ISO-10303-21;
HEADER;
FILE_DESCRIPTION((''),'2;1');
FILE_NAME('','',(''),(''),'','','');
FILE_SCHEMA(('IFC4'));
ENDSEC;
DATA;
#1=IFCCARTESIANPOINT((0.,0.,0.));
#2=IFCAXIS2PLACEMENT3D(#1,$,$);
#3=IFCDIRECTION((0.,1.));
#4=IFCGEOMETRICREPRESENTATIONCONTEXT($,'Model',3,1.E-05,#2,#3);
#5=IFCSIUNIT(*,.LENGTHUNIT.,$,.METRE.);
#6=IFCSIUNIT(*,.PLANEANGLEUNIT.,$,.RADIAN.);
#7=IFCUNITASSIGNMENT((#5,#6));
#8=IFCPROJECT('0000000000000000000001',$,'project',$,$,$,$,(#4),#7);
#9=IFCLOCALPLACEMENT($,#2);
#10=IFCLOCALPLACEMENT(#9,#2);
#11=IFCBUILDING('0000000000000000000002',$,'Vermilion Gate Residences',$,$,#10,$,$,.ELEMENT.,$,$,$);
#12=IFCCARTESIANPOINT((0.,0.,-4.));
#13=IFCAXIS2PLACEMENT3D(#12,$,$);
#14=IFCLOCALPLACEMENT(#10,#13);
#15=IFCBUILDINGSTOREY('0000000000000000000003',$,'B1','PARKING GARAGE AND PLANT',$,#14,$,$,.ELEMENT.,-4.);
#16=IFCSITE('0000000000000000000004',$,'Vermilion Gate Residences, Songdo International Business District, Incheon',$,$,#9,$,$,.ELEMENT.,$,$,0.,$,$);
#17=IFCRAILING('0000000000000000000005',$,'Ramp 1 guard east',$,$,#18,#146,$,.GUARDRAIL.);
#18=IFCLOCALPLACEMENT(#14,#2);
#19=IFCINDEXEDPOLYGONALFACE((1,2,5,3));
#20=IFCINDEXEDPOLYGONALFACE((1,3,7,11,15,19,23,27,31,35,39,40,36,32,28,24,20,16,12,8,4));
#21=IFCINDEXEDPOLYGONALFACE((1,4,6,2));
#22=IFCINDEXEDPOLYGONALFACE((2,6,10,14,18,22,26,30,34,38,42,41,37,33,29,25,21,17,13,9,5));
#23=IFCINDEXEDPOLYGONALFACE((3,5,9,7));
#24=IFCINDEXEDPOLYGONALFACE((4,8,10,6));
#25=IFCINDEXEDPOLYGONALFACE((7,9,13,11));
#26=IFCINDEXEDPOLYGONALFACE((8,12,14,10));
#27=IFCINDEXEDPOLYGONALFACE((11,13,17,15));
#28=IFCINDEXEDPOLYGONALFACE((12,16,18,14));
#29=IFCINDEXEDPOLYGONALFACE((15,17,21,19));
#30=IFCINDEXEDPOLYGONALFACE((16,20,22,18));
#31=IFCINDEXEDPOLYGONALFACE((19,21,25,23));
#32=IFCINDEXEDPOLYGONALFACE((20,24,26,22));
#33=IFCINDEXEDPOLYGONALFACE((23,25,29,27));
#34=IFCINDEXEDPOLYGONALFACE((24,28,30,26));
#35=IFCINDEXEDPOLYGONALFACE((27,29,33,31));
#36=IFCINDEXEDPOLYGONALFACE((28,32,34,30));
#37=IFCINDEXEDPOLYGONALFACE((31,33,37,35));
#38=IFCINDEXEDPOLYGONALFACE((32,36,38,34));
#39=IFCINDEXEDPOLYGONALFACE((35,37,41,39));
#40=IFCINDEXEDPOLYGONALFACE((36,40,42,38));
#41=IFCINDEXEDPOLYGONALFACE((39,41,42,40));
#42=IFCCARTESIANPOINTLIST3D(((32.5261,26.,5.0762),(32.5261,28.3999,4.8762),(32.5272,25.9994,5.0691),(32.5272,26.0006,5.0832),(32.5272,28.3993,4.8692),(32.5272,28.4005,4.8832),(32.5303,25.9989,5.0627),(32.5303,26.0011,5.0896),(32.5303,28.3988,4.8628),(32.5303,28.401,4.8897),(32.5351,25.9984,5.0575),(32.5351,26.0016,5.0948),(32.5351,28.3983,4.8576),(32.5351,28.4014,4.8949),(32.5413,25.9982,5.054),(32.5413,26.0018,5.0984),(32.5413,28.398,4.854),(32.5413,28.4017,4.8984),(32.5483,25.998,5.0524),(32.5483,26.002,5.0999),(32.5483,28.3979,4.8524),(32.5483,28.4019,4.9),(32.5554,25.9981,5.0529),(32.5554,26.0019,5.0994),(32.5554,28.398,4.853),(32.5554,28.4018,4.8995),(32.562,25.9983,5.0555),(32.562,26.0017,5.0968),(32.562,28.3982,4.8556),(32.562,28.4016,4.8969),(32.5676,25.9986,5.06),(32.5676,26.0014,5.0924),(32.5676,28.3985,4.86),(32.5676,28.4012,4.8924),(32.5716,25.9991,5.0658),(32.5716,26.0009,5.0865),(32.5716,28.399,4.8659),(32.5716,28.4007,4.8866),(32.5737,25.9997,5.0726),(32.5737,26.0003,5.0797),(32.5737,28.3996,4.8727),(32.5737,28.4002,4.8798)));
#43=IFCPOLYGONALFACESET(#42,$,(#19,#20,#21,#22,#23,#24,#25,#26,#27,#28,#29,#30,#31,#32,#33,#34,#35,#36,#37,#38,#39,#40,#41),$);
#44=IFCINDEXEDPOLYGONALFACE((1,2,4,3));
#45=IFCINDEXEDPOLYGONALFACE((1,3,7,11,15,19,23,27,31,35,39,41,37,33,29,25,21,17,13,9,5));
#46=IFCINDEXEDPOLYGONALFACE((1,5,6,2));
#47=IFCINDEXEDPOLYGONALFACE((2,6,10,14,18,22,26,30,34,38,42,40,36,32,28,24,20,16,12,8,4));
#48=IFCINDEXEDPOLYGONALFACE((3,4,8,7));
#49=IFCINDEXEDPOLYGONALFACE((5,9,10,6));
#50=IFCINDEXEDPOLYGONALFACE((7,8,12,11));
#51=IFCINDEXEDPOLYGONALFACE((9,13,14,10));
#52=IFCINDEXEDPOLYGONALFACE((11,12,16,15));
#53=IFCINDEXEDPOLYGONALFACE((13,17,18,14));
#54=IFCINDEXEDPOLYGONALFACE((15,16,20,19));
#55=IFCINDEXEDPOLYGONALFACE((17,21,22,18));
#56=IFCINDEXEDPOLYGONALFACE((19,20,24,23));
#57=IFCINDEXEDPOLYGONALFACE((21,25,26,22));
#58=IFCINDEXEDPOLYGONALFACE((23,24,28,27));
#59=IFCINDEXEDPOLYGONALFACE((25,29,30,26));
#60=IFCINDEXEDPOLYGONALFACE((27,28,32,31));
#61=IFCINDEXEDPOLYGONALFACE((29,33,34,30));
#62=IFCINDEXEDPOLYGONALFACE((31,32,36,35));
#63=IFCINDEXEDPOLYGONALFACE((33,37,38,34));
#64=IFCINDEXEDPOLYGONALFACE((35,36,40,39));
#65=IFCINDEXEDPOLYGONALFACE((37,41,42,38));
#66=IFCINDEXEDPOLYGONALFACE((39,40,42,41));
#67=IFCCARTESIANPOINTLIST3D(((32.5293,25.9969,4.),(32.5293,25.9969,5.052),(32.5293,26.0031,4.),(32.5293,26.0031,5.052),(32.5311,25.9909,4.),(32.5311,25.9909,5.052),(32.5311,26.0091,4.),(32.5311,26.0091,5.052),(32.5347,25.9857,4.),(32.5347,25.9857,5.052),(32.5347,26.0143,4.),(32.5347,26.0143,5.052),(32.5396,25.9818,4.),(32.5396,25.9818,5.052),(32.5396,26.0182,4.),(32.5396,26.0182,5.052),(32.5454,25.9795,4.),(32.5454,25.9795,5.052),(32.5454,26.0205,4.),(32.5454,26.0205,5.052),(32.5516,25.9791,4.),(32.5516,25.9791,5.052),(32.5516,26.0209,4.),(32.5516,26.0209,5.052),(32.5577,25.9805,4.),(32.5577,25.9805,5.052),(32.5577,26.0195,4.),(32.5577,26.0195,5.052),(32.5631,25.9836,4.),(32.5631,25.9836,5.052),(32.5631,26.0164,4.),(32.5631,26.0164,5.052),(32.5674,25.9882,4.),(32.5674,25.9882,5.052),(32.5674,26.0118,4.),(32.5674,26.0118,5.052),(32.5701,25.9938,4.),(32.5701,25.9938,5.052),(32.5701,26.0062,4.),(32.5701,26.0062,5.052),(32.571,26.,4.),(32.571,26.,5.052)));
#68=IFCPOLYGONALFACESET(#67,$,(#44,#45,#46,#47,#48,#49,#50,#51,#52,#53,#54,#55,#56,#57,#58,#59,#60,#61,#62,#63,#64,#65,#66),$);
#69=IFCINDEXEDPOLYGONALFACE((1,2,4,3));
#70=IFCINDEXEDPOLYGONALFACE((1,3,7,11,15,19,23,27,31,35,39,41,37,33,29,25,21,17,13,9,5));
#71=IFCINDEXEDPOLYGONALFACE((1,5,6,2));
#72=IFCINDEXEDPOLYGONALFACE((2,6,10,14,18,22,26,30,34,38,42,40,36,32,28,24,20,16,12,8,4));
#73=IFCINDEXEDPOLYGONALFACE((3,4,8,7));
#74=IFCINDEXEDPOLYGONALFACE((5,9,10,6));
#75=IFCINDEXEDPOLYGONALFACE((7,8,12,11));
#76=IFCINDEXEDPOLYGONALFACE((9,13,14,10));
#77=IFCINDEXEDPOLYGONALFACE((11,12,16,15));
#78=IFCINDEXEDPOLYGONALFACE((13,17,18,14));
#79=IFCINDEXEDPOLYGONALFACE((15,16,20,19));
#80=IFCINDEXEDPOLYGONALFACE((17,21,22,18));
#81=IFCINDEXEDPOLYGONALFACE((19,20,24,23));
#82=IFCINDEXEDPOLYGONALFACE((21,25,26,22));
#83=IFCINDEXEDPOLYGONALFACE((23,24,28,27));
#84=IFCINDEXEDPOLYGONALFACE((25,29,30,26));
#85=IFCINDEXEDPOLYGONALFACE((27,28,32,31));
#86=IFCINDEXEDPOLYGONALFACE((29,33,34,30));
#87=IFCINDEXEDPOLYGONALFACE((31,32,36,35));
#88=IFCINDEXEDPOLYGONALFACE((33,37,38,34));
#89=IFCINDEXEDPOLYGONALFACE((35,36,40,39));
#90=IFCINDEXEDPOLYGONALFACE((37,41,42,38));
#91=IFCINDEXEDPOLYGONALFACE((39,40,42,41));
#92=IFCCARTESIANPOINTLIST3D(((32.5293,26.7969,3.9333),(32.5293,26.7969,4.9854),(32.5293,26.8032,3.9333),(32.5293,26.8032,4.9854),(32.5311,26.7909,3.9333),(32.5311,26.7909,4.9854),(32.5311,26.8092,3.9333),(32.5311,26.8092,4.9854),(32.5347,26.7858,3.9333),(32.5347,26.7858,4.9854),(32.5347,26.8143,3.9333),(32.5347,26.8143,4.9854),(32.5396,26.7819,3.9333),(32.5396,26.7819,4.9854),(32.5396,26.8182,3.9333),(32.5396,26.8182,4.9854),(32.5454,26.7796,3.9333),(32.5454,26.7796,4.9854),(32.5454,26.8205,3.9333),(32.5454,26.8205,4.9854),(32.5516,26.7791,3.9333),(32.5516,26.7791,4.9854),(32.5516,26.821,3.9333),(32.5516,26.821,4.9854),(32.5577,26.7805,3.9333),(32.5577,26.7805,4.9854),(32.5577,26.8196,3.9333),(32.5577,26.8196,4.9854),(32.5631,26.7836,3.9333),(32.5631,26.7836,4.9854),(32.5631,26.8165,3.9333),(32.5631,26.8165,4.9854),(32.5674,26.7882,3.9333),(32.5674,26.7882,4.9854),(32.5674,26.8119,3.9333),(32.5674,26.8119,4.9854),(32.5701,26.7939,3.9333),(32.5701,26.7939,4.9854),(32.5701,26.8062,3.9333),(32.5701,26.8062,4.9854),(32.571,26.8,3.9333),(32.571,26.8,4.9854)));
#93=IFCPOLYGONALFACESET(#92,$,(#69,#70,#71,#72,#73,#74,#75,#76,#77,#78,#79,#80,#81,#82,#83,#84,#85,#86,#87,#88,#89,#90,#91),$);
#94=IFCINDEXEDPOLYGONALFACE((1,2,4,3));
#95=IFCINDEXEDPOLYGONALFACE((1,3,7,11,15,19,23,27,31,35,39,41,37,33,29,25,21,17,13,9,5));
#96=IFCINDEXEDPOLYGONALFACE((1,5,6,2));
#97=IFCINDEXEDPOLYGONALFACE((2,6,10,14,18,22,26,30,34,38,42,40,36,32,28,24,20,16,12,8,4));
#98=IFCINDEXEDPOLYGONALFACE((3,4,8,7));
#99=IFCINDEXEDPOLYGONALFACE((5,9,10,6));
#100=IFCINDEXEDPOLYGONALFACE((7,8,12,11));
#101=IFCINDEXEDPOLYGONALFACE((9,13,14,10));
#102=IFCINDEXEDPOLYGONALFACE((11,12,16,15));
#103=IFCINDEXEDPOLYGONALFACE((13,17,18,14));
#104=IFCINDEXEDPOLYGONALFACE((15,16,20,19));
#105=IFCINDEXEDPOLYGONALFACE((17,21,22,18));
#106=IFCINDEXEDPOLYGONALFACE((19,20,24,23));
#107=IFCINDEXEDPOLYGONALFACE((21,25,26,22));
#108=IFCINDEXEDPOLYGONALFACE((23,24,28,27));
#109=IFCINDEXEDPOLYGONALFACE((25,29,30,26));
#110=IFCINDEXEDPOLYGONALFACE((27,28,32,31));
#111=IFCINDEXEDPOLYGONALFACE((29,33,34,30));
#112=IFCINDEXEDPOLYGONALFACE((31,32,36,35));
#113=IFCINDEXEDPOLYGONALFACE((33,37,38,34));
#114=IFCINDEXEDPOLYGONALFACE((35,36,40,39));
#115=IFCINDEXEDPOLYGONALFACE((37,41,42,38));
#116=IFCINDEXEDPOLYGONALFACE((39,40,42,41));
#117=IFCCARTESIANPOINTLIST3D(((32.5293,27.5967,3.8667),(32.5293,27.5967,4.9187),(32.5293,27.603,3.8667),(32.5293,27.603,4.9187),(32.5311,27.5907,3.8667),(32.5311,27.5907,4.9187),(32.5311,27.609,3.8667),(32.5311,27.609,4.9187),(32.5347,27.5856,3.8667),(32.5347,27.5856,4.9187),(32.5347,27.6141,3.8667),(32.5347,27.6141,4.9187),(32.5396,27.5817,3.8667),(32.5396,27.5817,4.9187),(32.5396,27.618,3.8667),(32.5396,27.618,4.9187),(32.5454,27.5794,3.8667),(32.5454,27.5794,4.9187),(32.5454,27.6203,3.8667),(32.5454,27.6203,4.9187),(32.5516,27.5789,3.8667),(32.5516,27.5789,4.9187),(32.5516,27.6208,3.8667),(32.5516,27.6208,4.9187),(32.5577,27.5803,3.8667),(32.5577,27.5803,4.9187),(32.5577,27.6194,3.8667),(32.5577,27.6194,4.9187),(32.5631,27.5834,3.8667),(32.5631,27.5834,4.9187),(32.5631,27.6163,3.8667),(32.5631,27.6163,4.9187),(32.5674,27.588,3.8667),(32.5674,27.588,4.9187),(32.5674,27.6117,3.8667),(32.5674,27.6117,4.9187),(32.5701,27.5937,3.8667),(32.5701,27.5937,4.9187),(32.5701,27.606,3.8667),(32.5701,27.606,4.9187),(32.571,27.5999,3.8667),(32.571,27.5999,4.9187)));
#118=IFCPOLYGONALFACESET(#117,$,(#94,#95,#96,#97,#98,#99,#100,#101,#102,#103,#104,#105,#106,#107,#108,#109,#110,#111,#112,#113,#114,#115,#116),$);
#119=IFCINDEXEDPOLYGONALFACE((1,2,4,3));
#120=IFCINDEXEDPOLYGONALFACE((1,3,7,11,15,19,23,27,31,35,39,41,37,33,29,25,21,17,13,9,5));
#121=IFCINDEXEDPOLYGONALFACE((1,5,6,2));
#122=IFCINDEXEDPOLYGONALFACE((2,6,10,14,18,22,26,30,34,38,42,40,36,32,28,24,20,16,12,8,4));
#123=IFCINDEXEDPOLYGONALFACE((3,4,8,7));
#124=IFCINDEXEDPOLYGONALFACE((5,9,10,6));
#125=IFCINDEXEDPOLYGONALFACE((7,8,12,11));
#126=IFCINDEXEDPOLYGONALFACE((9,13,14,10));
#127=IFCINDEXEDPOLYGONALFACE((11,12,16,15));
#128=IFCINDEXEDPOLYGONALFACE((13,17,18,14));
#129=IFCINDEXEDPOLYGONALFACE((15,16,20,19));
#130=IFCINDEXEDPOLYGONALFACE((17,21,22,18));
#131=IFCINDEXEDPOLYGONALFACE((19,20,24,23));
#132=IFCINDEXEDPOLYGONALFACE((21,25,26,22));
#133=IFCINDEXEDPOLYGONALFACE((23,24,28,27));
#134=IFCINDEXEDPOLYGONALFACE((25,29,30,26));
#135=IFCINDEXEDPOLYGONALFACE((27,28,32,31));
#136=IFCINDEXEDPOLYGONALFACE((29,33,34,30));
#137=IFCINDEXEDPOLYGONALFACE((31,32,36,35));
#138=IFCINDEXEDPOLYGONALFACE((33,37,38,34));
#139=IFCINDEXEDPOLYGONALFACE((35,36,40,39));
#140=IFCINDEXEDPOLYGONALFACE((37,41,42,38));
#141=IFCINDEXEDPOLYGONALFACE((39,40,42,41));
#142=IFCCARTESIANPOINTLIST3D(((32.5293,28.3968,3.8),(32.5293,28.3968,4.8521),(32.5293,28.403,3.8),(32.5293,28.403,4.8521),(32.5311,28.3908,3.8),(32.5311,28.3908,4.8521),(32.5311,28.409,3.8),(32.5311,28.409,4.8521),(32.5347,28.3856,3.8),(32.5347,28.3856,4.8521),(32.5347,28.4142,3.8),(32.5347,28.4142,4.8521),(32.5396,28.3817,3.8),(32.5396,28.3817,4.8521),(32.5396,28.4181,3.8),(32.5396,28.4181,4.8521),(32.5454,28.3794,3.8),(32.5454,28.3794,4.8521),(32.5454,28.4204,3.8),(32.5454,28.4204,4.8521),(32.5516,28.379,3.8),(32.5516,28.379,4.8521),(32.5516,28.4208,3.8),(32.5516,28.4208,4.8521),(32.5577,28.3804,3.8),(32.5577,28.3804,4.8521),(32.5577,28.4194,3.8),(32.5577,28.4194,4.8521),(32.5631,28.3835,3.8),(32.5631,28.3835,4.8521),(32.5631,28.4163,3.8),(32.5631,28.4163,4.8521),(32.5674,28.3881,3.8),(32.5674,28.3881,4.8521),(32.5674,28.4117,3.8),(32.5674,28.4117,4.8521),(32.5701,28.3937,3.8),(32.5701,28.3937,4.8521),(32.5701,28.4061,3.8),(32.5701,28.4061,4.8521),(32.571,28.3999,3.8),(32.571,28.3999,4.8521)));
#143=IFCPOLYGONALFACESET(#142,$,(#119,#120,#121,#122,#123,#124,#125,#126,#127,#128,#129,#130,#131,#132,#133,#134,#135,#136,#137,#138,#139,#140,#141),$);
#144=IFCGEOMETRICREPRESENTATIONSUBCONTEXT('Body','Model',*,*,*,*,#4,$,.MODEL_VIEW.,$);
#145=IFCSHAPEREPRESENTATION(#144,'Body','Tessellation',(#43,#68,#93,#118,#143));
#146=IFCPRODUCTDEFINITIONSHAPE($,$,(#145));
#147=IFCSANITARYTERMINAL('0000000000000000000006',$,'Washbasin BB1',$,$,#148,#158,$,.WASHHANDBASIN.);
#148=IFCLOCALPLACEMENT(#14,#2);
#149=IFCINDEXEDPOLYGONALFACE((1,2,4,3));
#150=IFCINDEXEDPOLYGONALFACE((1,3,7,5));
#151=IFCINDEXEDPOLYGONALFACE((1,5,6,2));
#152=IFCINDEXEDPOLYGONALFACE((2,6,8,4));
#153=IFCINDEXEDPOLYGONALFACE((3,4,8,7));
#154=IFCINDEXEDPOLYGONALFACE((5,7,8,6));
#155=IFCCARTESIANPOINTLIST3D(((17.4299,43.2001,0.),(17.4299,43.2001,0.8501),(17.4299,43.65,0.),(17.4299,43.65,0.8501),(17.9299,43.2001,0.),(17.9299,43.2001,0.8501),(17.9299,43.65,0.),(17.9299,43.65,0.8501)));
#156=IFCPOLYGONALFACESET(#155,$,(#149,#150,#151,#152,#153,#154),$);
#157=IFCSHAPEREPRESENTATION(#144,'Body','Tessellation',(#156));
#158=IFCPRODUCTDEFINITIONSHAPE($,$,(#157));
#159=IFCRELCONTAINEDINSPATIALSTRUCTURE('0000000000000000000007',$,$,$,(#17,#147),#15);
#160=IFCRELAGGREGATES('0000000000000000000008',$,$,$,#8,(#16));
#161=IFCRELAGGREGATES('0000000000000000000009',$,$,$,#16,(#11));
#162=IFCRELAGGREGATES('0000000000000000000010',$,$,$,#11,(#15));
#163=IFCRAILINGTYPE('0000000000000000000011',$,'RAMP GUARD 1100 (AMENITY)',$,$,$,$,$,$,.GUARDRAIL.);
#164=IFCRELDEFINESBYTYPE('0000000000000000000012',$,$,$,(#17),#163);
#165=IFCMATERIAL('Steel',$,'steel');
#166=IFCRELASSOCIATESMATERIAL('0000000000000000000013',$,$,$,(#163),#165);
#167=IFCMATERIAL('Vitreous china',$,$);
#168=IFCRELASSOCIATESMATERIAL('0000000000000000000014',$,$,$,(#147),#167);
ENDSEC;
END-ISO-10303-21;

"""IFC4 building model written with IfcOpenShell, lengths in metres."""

from ifc_helpers import new_model, si_unit, direction, frame, origin, origin_2d, place, context, subcontext, project, spatial, rectangle, circle, extrude, material, type_object, element, save


model = new_model("IFC4")

# Units and contexts
model_context = context("Model", 3, precision=1e-05, world=origin(), true_north=direction((0.0, 1.0)))
body_context = subcontext(model_context, "Body", "Model", "MODEL_VIEW")
ifc_project = project(units=[si_unit("LENGTHUNIT", "METRE"), si_unit("PLANEANGLEUNIT", "RADIAN")], contexts=[model_context])

# Site, building, storey
site_placement = place(None, origin())
site = spatial("IfcSite", under=ifc_project, at=site_placement, Name="Vermilion Gate Residences, Songdo International Business District, Incheon", CompositionType="ELEMENT", RefElevation=0.0)
building_placement = place(site_placement, origin())
building = spatial("IfcBuilding", under=site, at=building_placement, Name="Vermilion Gate Residences", CompositionType="ELEMENT")
storey_placement = place(building_placement, frame((0.0, 0.0, -4.0)))
storey = spatial("IfcBuildingStorey", under=building, at=storey_placement, Name="B1", Description="PARKING GARAGE AND PLANT", CompositionType="ELEMENT", Elevation=-4.0)

# Railing
ifc_material_1 = material(Name="Steel", Category="steel")
railing_type = type_object("IfcRailingType", Name="RAMP GUARD 1100 (AMENITY)", PredefinedType="GUARDRAIL", material=ifc_material_1)
for number, where, name in (
    (1, (32.55, 26.0, 4.0), "Ramp 1 guard east"),
):
    element("IfcRailing", number, at=place(storey_placement, frame(where)), inside=storey, type_object=railing_type, Name=name, PredefinedType="GUARDRAIL", context=body_context, shape_type="SweptSolid", body=[
        extrude(circle(Radius=0.0239, at=origin_2d()), frame((0.0, 0.0, 1.0762), z_axis=(0.0, 0.996547, -0.083029), x_axis=(-1.0, 0.0, 0.0)), (0.0, 0.0, 1.0), 2.4082),
        extrude(circle(Radius=0.021, at=origin_2d()), origin(), (0.0, 0.0, 1.0), 1.052),
        extrude(circle(Radius=0.021, at=origin_2d()), frame((0.0, 0.8, -0.0667)), (0.0, 0.0, 1.0), 1.052),
        extrude(circle(Radius=0.021, at=origin_2d()), frame((0.0, 1.5999, -0.1333)), (0.0, 0.0, 1.0), 1.052),
        extrude(circle(Radius=0.021, at=origin_2d()), frame((0.0, 2.3999, -0.2)), (0.0, 0.0, 1.0), 1.052),
    ])

# Sanitary terminal
ifc_material_2 = material(Name="Vitreous china")
sanitary_terminal_placement = place(storey_placement, frame((17.6799, 43.425, 0.0), z_axis=(0.0, 0.0, 1.0), x_axis=(1.0, 0.0, 0.0)))
element("IfcSanitaryTerminal", 2, at=sanitary_terminal_placement, inside=storey, material=ifc_material_2, Name="Washbasin BB1", PredefinedType="WASHHANDBASIN", context=body_context, shape_type="SweptSolid", body=[
    extrude(rectangle(XDim=0.5, YDim=0.45, at=origin_2d()), origin(), (0.0, 0.0, 1.0), 0.8501),
])

save(model, "model.ifc")
